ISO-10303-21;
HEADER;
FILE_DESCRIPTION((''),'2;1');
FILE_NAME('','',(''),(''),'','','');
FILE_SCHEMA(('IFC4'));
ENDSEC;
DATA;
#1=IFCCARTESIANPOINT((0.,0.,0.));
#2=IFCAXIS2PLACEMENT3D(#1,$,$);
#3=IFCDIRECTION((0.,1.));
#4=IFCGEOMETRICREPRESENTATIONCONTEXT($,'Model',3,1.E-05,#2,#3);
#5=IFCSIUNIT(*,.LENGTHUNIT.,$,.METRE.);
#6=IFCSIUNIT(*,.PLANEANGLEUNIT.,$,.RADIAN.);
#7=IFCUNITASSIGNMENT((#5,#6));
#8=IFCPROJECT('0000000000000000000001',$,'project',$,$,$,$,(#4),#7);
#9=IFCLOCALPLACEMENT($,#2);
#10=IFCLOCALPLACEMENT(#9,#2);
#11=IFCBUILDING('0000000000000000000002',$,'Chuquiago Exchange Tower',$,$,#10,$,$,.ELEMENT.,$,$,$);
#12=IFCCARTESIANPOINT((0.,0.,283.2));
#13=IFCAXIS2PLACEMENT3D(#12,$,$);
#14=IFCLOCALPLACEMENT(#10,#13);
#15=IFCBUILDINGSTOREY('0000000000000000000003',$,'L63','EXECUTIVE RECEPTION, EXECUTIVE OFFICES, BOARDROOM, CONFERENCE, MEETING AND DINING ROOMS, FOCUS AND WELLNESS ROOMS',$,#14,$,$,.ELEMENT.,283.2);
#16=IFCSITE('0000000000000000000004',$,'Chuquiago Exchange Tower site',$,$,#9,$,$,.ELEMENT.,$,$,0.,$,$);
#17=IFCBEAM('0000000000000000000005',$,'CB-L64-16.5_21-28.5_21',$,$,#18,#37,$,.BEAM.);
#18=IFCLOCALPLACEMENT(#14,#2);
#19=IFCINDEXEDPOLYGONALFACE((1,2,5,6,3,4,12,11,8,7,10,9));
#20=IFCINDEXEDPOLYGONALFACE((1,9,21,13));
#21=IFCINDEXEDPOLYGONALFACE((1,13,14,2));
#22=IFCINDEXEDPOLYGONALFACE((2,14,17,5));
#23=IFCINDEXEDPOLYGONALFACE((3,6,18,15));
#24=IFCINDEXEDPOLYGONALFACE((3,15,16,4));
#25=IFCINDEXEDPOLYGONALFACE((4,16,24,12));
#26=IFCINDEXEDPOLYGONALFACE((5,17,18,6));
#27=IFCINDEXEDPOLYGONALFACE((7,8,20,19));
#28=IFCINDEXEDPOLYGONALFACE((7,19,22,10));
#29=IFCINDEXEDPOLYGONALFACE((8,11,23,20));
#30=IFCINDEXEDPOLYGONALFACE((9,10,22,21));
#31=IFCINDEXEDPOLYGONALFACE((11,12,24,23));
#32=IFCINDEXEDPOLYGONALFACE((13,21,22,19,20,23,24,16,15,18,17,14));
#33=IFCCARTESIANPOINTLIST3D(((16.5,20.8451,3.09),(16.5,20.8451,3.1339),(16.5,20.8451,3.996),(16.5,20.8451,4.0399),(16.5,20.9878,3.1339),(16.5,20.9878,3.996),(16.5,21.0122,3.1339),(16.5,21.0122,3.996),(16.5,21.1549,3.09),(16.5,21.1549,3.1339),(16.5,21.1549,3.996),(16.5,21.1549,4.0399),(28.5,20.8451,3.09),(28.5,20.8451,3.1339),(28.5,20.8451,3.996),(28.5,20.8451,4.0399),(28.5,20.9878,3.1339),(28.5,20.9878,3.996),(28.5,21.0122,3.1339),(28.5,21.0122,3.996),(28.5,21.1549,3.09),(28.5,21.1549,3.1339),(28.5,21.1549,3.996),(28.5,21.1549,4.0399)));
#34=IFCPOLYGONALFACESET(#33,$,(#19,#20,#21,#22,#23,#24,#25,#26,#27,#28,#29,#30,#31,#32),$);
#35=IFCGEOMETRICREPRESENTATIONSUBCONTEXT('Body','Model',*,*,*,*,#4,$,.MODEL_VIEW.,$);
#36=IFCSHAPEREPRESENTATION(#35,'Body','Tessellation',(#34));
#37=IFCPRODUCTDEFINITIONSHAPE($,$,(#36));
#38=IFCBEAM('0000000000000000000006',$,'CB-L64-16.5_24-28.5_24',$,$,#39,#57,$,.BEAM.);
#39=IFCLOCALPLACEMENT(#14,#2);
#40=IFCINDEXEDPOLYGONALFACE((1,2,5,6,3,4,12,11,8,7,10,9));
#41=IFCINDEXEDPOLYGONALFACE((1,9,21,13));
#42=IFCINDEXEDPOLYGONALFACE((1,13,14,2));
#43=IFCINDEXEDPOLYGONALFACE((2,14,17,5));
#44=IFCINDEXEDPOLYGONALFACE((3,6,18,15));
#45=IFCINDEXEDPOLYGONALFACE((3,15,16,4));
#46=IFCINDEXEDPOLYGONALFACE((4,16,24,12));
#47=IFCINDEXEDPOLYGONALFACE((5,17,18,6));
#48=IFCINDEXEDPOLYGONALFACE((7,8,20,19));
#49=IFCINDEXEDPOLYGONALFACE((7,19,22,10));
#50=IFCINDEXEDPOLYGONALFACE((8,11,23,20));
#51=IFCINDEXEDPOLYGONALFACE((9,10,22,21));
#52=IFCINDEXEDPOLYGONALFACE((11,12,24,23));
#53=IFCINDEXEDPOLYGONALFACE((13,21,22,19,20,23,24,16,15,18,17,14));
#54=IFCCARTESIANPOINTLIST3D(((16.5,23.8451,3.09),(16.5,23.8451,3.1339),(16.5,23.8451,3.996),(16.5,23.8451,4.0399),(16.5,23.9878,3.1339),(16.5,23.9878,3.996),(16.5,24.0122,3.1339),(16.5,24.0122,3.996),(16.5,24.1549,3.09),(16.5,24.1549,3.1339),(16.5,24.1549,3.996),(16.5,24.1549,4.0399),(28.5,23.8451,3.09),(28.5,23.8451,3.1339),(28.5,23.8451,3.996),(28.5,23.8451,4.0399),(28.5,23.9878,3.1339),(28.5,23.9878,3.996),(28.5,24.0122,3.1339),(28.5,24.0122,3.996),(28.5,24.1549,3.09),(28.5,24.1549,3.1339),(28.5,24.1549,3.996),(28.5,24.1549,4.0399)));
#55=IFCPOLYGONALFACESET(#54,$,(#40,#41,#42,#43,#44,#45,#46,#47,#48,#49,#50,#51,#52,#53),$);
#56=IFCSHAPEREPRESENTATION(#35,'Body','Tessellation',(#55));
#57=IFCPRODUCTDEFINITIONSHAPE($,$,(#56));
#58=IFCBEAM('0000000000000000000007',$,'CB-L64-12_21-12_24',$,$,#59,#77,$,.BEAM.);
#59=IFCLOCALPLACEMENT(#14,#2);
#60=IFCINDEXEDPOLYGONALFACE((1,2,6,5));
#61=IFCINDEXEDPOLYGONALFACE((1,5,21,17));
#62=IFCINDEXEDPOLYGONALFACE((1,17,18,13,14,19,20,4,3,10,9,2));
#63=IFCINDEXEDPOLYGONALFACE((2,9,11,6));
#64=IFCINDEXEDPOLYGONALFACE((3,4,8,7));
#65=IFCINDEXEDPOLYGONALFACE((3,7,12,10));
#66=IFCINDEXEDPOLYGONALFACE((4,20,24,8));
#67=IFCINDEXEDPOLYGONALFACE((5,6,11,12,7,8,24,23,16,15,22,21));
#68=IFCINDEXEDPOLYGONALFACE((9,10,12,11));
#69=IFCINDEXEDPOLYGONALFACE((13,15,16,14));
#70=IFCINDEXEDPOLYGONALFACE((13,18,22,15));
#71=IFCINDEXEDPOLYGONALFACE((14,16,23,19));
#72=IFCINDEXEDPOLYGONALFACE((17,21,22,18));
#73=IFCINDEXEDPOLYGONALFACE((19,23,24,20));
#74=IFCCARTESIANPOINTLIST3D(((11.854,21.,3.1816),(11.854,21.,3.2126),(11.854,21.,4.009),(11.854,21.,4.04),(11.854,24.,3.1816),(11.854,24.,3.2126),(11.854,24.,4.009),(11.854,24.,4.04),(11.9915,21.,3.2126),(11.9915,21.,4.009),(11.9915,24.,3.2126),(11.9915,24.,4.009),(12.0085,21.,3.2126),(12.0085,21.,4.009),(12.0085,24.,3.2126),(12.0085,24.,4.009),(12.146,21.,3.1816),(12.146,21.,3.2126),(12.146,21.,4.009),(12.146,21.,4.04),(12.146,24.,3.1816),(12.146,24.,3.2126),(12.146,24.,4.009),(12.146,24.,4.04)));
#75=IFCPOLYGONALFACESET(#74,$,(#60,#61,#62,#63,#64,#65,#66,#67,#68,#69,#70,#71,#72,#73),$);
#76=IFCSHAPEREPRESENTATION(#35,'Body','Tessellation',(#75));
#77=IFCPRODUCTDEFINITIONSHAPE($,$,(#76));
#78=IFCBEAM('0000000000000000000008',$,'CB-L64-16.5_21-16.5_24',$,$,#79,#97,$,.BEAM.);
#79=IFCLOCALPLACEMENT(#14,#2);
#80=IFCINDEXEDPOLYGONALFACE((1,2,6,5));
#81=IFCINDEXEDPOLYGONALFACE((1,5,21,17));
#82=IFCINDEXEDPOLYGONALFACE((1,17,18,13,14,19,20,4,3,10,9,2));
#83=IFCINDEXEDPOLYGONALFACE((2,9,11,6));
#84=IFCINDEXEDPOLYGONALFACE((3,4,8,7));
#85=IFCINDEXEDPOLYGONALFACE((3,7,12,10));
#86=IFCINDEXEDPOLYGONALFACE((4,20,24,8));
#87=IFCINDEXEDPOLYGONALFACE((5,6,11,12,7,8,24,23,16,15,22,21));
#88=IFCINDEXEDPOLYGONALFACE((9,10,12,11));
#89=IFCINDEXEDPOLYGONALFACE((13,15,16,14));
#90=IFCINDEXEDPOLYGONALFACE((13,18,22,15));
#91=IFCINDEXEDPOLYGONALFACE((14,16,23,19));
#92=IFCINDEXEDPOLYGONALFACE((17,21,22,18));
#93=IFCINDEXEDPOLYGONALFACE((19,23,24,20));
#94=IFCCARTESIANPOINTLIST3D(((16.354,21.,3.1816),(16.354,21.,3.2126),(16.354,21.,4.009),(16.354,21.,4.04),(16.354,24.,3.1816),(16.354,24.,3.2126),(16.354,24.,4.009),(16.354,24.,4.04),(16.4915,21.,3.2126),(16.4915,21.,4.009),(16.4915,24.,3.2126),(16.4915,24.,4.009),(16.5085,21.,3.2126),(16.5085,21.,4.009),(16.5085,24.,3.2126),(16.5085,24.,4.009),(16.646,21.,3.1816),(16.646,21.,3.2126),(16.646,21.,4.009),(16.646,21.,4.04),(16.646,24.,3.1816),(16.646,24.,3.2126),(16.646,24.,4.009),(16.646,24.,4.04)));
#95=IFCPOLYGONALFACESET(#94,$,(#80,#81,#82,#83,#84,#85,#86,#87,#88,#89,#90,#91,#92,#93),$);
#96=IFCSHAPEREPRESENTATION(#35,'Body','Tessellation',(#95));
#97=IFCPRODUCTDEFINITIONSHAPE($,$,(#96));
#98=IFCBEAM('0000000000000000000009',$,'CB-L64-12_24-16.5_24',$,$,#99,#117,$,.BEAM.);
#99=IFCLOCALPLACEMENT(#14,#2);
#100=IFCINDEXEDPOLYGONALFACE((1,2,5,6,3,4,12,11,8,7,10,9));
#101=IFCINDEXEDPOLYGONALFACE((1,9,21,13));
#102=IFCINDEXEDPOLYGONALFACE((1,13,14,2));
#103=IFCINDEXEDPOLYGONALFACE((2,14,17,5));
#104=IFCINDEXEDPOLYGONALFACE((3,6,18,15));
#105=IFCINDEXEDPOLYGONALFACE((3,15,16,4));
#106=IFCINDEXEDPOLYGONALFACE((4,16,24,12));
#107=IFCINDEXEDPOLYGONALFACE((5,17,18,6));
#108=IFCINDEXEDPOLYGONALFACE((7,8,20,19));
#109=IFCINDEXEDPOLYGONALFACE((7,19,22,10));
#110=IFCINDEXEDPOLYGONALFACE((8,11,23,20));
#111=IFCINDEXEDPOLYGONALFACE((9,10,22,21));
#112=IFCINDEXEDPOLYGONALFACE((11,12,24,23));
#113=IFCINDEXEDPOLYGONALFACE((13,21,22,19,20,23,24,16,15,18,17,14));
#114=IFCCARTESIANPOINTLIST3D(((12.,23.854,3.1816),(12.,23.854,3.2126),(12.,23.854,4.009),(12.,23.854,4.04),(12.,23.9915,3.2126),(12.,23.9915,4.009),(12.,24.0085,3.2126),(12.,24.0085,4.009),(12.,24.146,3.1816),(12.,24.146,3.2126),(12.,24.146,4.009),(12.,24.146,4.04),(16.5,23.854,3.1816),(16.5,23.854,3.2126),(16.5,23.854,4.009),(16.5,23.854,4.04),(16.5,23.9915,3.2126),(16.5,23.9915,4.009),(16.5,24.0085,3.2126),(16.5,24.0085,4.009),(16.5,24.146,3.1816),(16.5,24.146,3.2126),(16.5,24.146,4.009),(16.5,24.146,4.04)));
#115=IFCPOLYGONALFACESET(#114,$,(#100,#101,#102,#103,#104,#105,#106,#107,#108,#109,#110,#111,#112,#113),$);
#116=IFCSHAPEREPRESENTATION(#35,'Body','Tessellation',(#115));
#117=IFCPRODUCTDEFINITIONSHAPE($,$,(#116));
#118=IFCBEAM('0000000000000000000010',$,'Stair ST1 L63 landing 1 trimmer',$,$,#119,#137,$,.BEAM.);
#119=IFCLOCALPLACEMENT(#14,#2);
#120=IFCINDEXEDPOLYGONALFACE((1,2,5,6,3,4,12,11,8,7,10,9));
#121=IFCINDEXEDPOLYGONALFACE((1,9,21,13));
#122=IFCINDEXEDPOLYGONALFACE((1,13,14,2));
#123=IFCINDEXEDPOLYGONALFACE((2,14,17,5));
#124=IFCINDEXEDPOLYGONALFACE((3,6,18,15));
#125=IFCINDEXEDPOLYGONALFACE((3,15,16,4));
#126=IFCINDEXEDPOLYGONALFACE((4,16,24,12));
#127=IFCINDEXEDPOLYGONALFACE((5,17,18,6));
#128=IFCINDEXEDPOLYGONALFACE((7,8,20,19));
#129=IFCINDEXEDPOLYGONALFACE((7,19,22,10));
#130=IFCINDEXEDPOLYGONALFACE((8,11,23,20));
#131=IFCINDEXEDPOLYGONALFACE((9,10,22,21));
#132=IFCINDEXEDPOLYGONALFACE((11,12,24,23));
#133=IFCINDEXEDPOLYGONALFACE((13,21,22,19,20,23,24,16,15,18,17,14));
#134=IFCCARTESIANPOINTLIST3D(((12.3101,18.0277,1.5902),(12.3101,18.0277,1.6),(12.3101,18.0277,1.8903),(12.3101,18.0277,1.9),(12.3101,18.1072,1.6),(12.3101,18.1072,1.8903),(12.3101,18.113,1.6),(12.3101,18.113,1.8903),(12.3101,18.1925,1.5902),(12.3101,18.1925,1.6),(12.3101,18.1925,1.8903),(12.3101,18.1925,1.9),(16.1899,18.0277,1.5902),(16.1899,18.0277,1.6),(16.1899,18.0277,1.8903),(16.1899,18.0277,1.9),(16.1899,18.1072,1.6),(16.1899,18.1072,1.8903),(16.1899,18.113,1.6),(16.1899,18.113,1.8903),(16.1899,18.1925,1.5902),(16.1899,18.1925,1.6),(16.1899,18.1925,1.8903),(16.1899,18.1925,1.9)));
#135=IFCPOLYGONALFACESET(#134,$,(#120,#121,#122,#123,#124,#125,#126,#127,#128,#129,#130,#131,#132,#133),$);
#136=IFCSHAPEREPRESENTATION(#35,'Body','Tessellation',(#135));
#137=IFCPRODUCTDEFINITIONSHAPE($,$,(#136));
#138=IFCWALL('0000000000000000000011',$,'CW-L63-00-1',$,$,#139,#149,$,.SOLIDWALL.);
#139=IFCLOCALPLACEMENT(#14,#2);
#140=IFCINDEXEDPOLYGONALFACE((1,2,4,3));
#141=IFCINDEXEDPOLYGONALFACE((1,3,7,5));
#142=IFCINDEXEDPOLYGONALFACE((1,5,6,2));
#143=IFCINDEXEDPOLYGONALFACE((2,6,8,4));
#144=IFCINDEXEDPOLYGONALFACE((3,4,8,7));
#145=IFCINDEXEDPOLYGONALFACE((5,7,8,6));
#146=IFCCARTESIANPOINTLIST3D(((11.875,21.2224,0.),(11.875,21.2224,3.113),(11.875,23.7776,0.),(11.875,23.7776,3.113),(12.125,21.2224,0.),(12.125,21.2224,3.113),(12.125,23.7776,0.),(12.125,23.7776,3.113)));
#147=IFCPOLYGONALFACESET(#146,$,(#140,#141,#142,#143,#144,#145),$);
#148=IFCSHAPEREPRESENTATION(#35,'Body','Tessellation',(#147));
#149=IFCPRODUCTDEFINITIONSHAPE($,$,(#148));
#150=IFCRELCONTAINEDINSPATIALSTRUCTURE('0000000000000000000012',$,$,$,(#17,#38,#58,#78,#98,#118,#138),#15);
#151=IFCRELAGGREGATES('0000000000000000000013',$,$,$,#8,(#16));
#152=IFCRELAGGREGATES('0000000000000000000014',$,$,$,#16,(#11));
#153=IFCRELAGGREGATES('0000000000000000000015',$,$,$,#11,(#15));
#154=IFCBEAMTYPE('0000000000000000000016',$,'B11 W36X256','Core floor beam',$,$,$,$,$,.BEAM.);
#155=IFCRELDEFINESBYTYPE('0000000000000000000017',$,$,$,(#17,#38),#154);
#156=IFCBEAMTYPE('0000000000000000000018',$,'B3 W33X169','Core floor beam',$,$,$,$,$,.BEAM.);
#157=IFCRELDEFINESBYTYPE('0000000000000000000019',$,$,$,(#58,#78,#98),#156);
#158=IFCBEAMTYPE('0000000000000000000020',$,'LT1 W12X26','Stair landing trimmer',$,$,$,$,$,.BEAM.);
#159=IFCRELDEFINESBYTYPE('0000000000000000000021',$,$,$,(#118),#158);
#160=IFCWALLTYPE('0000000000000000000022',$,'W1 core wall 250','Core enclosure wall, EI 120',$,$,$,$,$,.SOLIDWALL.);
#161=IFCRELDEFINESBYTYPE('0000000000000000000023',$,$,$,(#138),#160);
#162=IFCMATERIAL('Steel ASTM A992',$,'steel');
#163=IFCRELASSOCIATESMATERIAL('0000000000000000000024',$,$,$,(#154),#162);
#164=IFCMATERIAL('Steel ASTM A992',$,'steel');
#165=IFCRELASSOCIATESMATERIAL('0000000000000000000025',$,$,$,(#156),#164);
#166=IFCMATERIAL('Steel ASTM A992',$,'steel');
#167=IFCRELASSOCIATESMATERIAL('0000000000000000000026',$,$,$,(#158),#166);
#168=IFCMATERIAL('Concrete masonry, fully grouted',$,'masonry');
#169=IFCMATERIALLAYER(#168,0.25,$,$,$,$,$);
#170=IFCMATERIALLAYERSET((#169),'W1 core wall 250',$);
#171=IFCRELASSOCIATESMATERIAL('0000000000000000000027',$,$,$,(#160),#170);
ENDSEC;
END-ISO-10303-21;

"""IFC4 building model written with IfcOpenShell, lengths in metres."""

from ifc_helpers import new_model, si_unit, direction, frame, frame_2d, origin, origin_2d, place, context, subcontext, project, spatial, rectangle, i_section, extrude, material, layer, layer_set, material_profile, profile_set, type_object, element, save


model = new_model("IFC4")

# Units and contexts
model_context = context("Model", 3, precision=1e-05, world=origin(), true_north=direction((0.0, 1.0)))
body_context = subcontext(model_context, "Body", "Model", "MODEL_VIEW")
ifc_project = project(units=[si_unit("LENGTHUNIT", "METRE"), si_unit("PLANEANGLEUNIT", "RADIAN")], contexts=[model_context])

# Site, building, storey
site_placement = place(None, origin())
site = spatial("IfcSite", under=ifc_project, at=site_placement, Name="Chuquiago Exchange Tower site", CompositionType="ELEMENT", RefElevation=0.0)
building_placement = place(site_placement, origin())
building = spatial("IfcBuilding", under=site, at=building_placement, Name="Chuquiago Exchange Tower", CompositionType="ELEMENT")
storey_placement = place(building_placement, frame((0.0, 0.0, 283.2)))
storey = spatial("IfcBuildingStorey", under=building, at=storey_placement, Name="L63", Description="EXECUTIVE RECEPTION, EXECUTIVE OFFICES, BOARDROOM, CONFERENCE, MEETING AND DINING ROOMS, FOCUS AND WELLNESS ROOMS", CompositionType="ELEMENT", Elevation=283.2)

# Beams
ifc_material_1 = material(Name="Steel ASTM A992", Category="steel")
ifc_material_profile_1 = material_profile(ifc_material_1, i_section(OverallWidth=0.3098, OverallDepth=0.95, WebThickness=0.0244, FlangeThickness=0.0439, at=origin_2d()), Name="W36X256")
ifc_profile_set_1 = profile_set([ifc_material_profile_1], Name="Steel ASTM A992")
beam_type_1 = type_object("IfcBeamType", Name="B11 W36X256", Description="Core floor beam", PredefinedType="BEAM", material=ifc_profile_set_1)
for number, where, z_axis, x_axis, name in (
    (1, (16.5, 21.0, 3.5649), (1.0, 0.0, 0.0), (0.0, 1.0, 0.0), "CB-L64-16.5_21-28.5_21"),
    (2, (16.5, 24.0, 3.5649), (1.0, 0.0, 0.0), (0.0, 1.0, 0.0), "CB-L64-16.5_24-28.5_24"),
):
    element("IfcBeam", number, at=place(storey_placement, frame(where, z_axis=z_axis, x_axis=x_axis)), inside=storey, type_object=beam_type_1, Name=name, PredefinedType="BEAM", context=body_context, shape_type="SweptSolid", body=[
        extrude(i_section(OverallWidth=0.3098, OverallDepth=0.95, WebThickness=0.0244, FlangeThickness=0.0439, at=origin_2d()), origin(), (0.0, 0.0, 1.0), 12.0),
    ])
ifc_material_2 = material(Name="Steel ASTM A992", Category="steel")
ifc_material_profile_2 = material_profile(ifc_material_2, i_section(OverallWidth=0.292, OverallDepth=0.8584, WebThickness=0.0171, FlangeThickness=0.031, at=origin_2d()), Name="W33X169")
ifc_profile_set_2 = profile_set([ifc_material_profile_2], Name="Steel ASTM A992")
beam_type_2 = type_object("IfcBeamType", Name="B3 W33X169", Description="Core floor beam", PredefinedType="BEAM", material=ifc_profile_set_2)
for number, where, z_axis, x_axis, name in (
    (3, (12.0, 21.0, 3.6108), (0.0, 1.0, 0.0), (-1.0, 0.0, 0.0), "CB-L64-12_21-12_24"),
    (4, (16.5, 21.0, 3.6108), (0.0, 1.0, 0.0), (-1.0, 0.0, 0.0), "CB-L64-16.5_21-16.5_24"),
):
    element("IfcBeam", number, at=place(storey_placement, frame(where, z_axis=z_axis, x_axis=x_axis)), inside=storey, type_object=beam_type_2, Name=name, PredefinedType="BEAM", context=body_context, shape_type="SweptSolid", body=[
        extrude(i_section(OverallWidth=0.292, OverallDepth=0.8584, WebThickness=0.0171, FlangeThickness=0.031, at=origin_2d()), origin(), (0.0, 0.0, 1.0), 3.0),
    ])
beam_1_placement = place(storey_placement, frame((12.0, 24.0, 3.6108), z_axis=(1.0, 0.0, 0.0), x_axis=(0.0, 1.0, 0.0)))
element("IfcBeam", 5, at=beam_1_placement, inside=storey, type_object=beam_type_2, Name="CB-L64-12_24-16.5_24", PredefinedType="BEAM", context=body_context, shape_type="SweptSolid", body=[
    extrude(i_section(OverallWidth=0.292, OverallDepth=0.8584, WebThickness=0.0171, FlangeThickness=0.031, at=origin_2d()), origin(), (0.0, 0.0, 1.0), 4.5),
])
ifc_material_3 = material(Name="Steel ASTM A992", Category="steel")
ifc_material_profile_3 = material_profile(ifc_material_3, i_section(OverallWidth=0.1648, OverallDepth=0.3098, WebThickness=0.0059, FlangeThickness=0.0098, at=origin_2d()), Name="W12X26")
ifc_profile_set_3 = profile_set([ifc_material_profile_3], Name="Steel ASTM A992")
beam_type_3 = type_object("IfcBeamType", Name="LT1 W12X26", Description="Stair landing trimmer", PredefinedType="BEAM", material=ifc_profile_set_3)
beam_2_placement = place(storey_placement, frame((12.3101, 18.1101, 1.7451), z_axis=(1.0, 0.0, 0.0), x_axis=(0.0, 1.0, 0.0)))
element("IfcBeam", 6, at=beam_2_placement, inside=storey, type_object=beam_type_3, Name="Stair ST1 L63 landing 1 trimmer", PredefinedType="BEAM", context=body_context, shape_type="SweptSolid", body=[
    extrude(i_section(OverallWidth=0.1648, OverallDepth=0.3098, WebThickness=0.0059, FlangeThickness=0.0098, at=origin_2d()), origin(), (0.0, 0.0, 1.0), 3.8799),
])

# Wall
ifc_material_4 = material(Name="Concrete masonry, fully grouted", Category="masonry")
ifc_layer_1 = layer(ifc_material_4, 0.25)
ifc_layer_set_1 = layer_set([ifc_layer_1], Name="W1 core wall 250")
wall_type_1 = type_object("IfcWallType", Name="W1 core wall 250", Description="Core enclosure wall, EI 120", PredefinedType="SOLIDWALL", material=ifc_layer_set_1)
wall_1_placement = place(storey_placement, frame((12.0, 21.2224, 0.0), z_axis=(0.0, 0.0, 1.0), x_axis=(0.0, 1.0, 0.0)))
element("IfcWall", 7, at=wall_1_placement, inside=storey, type_object=wall_type_1, Name="CW-L63-00-1", PredefinedType="SOLIDWALL", context=body_context, shape_type="SweptSolid", body=[
    extrude(rectangle(XDim=2.5552, YDim=0.25, at=frame_2d((1.2776, 0.0))), origin(), (0.0, 0.0, 1.0), 3.113),
])

save(model, "model.ifc")
